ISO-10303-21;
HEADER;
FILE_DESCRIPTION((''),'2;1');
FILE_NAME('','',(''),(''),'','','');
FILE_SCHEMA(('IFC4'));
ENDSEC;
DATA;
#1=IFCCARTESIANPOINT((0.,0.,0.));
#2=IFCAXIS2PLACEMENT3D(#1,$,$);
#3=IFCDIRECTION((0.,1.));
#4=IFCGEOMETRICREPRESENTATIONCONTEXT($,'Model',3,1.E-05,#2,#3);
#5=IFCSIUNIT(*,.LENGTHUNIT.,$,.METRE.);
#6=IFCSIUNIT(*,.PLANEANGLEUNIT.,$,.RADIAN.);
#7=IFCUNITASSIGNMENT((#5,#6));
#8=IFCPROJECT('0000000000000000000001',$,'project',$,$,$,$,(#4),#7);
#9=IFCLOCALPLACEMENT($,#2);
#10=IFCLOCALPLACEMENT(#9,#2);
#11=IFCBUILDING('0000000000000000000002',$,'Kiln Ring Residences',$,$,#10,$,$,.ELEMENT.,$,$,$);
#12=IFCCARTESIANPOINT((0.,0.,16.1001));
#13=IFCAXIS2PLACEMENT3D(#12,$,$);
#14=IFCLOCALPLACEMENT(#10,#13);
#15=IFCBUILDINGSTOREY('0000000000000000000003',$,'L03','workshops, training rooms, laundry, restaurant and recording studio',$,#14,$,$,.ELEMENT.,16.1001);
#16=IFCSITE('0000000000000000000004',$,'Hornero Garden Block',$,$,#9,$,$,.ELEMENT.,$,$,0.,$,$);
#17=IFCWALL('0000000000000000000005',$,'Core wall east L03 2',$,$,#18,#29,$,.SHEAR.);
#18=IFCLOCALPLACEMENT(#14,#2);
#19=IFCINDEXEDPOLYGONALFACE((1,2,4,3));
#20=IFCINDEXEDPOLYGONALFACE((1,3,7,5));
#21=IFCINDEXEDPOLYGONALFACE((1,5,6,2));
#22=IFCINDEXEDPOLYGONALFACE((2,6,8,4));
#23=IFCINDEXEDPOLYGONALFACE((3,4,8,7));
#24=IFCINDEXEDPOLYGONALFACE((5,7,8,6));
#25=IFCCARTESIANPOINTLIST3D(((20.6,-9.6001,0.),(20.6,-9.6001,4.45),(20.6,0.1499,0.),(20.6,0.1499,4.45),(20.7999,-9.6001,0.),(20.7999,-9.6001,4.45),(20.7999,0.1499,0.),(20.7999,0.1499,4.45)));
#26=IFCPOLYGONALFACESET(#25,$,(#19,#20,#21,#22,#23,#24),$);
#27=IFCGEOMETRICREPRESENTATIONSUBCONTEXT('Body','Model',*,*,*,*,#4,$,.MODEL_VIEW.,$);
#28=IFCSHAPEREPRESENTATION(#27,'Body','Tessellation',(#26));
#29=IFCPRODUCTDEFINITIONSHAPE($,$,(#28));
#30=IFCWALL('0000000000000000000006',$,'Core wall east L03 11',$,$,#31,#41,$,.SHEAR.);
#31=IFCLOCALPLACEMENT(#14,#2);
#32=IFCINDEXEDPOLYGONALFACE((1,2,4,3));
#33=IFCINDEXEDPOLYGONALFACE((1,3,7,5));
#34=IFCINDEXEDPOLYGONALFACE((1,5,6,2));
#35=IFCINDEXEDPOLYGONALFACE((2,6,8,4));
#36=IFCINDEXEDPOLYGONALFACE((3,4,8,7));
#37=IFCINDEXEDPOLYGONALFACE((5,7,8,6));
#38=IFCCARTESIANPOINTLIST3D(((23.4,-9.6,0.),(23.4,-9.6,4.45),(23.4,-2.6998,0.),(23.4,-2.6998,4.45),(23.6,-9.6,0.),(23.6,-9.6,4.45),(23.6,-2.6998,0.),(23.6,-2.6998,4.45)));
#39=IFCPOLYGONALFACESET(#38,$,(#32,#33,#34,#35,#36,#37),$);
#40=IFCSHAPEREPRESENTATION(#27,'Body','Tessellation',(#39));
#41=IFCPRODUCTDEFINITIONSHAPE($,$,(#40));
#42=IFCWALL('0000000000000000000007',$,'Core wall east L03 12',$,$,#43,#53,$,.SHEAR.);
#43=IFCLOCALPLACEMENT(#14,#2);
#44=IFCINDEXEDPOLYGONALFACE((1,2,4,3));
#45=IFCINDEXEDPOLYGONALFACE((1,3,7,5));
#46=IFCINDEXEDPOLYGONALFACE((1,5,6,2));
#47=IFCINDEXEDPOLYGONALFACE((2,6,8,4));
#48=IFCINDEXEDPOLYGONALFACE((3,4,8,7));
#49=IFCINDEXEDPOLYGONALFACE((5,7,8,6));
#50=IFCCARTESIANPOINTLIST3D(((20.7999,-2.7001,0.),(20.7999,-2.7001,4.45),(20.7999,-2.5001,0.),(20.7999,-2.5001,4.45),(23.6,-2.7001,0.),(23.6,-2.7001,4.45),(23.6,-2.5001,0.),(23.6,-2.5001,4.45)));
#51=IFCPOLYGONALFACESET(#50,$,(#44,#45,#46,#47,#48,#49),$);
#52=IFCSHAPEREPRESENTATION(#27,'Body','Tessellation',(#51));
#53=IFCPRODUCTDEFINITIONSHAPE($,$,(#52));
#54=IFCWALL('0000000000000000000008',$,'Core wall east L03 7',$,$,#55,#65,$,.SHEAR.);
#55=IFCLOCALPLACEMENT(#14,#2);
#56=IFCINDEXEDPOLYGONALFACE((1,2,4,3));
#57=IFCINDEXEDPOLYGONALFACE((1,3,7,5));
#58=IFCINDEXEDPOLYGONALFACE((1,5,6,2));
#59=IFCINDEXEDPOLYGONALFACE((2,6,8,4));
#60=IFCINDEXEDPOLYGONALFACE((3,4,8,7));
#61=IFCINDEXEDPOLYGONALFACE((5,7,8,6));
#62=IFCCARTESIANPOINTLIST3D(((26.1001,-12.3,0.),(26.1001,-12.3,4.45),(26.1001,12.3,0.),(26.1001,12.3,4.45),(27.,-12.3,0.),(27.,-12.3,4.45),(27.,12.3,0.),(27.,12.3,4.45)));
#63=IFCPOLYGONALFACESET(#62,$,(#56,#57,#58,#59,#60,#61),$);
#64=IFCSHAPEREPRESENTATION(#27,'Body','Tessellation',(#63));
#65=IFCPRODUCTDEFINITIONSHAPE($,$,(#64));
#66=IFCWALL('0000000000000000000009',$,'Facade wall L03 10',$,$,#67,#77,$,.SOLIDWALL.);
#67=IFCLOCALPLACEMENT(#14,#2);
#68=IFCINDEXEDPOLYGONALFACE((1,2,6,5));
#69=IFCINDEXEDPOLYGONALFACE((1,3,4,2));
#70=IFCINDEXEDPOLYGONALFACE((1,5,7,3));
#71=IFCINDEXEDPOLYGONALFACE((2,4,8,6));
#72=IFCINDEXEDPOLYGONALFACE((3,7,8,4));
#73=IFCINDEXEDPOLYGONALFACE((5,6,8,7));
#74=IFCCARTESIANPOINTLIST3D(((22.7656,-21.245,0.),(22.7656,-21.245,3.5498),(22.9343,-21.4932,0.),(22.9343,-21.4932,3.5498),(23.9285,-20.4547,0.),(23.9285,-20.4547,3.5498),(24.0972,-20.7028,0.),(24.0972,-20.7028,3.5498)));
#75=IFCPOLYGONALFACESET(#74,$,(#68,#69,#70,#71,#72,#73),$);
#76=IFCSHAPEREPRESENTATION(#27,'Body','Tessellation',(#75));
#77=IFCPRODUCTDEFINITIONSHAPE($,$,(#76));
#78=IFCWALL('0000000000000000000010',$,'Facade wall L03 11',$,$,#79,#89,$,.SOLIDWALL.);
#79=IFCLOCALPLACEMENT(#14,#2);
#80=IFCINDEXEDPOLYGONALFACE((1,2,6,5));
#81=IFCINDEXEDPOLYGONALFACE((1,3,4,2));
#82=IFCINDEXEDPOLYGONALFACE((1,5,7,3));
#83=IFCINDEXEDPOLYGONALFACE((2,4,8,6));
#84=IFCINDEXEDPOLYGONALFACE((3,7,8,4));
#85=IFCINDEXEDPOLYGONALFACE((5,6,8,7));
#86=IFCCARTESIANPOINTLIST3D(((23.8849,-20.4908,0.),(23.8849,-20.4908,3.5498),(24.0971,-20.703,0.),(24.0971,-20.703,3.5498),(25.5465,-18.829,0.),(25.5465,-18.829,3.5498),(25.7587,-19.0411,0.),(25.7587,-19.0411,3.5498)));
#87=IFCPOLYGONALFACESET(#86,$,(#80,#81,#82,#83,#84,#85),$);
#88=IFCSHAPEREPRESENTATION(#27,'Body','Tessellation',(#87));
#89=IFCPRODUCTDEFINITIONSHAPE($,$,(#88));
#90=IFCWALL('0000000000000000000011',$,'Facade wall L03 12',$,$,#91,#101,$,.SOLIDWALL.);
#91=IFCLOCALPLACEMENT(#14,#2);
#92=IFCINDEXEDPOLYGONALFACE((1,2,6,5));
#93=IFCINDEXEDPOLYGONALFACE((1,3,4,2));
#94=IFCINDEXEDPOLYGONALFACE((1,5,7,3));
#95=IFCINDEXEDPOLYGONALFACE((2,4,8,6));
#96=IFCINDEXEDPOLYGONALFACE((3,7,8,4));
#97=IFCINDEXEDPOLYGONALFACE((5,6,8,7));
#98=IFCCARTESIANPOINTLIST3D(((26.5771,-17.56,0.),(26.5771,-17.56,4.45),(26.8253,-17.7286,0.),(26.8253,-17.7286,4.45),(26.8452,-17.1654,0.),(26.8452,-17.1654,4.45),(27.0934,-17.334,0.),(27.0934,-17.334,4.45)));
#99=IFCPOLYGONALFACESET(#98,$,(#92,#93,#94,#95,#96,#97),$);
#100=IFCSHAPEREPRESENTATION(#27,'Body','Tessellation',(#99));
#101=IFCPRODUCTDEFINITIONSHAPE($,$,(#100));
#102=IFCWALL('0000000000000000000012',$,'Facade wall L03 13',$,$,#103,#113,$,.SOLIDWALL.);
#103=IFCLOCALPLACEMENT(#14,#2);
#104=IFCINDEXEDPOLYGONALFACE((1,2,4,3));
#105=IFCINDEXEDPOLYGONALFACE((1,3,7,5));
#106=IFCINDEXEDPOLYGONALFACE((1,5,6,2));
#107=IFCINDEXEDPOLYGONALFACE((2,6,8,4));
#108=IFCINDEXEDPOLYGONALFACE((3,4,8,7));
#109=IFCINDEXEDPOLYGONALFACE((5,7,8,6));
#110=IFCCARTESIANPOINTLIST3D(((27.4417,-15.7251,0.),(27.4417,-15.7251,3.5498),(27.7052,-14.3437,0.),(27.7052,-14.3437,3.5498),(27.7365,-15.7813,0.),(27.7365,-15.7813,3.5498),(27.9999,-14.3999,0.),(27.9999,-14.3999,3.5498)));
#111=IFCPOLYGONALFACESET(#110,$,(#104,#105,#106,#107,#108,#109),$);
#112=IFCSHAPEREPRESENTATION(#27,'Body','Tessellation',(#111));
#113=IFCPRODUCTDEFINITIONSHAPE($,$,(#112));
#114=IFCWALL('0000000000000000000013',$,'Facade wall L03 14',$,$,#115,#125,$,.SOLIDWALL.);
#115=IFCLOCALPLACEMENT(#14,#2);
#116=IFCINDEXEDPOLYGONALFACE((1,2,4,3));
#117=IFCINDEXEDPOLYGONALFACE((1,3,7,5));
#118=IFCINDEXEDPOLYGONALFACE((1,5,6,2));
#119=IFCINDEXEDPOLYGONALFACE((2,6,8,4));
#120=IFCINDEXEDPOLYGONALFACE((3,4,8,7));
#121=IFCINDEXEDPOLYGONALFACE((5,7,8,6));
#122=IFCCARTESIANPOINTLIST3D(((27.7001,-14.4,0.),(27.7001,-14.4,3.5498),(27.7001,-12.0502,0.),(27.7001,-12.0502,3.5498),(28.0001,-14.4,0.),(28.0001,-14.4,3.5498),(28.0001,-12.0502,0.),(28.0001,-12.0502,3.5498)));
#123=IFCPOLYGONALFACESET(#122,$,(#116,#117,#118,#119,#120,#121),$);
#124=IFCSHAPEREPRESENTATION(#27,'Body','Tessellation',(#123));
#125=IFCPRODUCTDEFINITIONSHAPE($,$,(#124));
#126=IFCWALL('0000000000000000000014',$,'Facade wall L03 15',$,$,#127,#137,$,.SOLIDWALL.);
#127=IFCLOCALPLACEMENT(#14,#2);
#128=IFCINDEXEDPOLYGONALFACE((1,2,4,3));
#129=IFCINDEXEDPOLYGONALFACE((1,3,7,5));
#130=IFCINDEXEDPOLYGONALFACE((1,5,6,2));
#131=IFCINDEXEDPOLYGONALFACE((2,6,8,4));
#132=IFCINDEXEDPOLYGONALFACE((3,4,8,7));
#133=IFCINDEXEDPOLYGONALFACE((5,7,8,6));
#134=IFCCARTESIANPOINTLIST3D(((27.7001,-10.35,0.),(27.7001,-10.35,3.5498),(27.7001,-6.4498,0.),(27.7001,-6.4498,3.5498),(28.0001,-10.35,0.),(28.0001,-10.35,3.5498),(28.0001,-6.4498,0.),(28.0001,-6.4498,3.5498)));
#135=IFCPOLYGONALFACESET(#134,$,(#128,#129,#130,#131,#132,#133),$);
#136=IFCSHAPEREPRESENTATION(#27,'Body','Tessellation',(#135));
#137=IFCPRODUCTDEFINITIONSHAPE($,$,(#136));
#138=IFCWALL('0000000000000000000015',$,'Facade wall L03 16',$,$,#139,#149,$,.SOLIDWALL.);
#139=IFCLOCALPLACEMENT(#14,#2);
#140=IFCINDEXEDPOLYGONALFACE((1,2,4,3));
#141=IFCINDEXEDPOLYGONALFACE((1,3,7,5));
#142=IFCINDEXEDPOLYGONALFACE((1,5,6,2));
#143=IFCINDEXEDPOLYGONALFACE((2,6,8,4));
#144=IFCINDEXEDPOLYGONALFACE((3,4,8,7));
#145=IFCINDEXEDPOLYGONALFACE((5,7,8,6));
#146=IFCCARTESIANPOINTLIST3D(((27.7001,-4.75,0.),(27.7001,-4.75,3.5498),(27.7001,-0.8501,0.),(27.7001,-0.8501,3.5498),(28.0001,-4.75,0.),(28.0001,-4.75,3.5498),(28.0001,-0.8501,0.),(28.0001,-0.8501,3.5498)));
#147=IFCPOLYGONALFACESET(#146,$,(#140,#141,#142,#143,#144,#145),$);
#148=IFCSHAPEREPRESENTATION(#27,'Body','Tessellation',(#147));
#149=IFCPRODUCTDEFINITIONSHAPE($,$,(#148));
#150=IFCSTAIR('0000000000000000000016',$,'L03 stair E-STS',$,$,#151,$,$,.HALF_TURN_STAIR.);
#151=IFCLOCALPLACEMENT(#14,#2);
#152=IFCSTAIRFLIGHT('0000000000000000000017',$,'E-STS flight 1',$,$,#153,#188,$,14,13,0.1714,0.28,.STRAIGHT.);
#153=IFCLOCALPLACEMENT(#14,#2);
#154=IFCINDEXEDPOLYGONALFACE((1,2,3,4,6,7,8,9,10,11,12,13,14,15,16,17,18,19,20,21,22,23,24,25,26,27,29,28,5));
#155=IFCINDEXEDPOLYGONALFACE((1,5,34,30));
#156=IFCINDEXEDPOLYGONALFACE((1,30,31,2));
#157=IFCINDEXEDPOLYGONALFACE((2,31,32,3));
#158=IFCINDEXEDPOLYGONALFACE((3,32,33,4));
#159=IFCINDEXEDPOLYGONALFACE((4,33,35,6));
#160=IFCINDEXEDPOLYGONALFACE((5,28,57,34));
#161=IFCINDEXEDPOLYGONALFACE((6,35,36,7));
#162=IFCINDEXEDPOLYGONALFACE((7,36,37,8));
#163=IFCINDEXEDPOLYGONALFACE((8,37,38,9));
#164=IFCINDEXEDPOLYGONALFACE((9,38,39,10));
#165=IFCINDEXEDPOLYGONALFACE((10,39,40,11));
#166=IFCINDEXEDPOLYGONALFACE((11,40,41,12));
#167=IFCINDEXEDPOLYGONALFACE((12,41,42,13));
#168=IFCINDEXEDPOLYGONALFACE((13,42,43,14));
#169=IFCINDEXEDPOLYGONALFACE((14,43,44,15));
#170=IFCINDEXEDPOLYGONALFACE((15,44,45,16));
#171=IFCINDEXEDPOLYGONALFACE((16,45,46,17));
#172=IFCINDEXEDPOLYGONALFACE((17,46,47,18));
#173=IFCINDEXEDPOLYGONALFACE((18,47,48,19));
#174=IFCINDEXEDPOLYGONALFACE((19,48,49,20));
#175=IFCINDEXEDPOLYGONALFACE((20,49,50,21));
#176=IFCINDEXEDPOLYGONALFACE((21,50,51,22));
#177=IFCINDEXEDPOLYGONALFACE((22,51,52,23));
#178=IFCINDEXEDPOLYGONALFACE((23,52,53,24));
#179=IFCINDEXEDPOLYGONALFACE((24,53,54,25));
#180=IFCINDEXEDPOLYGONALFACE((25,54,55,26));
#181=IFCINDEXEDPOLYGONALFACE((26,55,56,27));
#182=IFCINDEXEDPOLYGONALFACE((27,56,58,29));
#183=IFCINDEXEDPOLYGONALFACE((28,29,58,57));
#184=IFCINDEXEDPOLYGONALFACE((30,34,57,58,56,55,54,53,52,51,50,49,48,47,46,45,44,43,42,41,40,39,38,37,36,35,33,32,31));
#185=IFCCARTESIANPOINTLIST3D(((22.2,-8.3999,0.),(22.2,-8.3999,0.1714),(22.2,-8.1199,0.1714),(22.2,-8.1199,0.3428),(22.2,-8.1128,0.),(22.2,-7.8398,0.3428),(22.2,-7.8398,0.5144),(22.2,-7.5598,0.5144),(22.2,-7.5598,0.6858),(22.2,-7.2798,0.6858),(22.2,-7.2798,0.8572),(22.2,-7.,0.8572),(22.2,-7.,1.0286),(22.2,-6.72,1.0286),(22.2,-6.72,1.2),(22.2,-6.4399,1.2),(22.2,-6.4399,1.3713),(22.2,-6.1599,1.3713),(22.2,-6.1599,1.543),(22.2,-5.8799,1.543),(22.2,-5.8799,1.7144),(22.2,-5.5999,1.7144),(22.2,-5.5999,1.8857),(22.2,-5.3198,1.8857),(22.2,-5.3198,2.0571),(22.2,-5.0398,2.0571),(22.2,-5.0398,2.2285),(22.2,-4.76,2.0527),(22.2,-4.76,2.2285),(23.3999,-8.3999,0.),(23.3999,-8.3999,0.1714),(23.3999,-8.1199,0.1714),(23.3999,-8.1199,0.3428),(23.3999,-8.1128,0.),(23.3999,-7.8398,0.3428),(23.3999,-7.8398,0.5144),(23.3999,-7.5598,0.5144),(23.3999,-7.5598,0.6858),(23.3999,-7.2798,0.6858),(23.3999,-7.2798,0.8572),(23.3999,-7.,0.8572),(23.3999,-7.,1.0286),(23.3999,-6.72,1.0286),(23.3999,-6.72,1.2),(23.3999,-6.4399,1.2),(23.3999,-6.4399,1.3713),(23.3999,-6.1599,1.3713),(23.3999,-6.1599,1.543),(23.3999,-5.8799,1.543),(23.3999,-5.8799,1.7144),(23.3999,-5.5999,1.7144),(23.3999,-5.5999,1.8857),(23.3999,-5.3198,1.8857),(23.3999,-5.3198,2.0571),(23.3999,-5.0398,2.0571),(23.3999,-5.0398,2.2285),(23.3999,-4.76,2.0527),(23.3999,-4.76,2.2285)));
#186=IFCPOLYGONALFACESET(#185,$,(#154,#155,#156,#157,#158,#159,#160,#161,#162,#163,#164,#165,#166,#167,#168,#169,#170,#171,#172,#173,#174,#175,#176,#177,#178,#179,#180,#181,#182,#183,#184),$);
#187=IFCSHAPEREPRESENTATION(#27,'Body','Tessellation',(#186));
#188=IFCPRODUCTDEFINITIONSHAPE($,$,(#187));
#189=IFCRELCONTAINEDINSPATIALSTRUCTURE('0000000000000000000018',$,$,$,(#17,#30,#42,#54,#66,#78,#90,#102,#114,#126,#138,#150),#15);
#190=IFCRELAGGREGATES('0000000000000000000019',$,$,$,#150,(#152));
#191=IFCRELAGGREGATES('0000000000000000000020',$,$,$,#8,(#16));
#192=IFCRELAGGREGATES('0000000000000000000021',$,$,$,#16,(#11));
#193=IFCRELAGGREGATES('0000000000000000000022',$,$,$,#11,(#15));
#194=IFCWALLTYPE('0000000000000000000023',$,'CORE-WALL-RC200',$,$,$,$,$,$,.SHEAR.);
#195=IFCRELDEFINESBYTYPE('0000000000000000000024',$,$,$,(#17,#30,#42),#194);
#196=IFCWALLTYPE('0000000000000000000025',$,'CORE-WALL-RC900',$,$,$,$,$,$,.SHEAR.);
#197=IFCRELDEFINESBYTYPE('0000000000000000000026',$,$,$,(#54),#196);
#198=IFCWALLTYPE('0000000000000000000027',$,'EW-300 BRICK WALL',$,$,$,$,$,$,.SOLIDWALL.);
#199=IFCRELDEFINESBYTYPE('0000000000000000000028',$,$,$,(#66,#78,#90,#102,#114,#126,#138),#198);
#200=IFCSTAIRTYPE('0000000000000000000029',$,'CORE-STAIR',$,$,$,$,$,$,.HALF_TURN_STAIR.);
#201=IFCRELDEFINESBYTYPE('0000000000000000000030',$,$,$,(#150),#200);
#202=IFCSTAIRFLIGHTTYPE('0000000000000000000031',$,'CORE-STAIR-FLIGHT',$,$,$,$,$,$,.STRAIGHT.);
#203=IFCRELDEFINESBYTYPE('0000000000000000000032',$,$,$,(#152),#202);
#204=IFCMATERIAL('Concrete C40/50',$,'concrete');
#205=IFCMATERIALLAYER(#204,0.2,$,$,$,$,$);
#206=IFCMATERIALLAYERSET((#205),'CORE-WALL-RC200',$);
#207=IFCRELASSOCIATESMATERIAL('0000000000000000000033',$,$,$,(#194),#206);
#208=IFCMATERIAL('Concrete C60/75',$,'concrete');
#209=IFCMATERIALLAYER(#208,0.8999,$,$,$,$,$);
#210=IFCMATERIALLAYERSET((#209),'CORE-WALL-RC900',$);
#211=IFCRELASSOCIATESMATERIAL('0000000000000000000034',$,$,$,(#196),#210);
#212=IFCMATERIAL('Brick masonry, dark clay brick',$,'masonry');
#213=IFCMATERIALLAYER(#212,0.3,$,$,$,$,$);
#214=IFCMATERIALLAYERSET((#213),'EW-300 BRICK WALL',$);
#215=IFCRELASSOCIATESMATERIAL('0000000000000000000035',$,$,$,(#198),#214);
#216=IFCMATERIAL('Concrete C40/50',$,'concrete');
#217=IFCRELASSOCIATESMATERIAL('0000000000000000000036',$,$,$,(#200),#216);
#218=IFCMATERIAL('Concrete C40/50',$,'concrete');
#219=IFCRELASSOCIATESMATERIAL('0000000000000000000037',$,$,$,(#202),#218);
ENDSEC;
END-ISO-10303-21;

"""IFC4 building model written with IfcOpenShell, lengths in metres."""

from ifc_helpers import new_model, si_unit, direction, frame, frame_2d, origin, place, context, subcontext, project, spatial, polyline, rectangle, outline, extrude, material, layer, layer_set, type_object, element, aggregate, save


model = new_model("IFC4")

# Units and contexts
model_context = context("Model", 3, precision=1e-05, world=origin(), true_north=direction((0.0, 1.0)))
body_context = subcontext(model_context, "Body", "Model", "MODEL_VIEW")
ifc_project = project(units=[si_unit("LENGTHUNIT", "METRE"), si_unit("PLANEANGLEUNIT", "RADIAN")], contexts=[model_context])

# Site, building, storey
site_placement = place(None, origin())
site = spatial("IfcSite", under=ifc_project, at=site_placement, Name="Hornero Garden Block", CompositionType="ELEMENT", RefElevation=0.0)
building_placement = place(site_placement, origin())
building = spatial("IfcBuilding", under=site, at=building_placement, Name="Kiln Ring Residences", CompositionType="ELEMENT")
storey_placement = place(building_placement, frame((0.0, 0.0, 16.1001)))
storey = spatial("IfcBuildingStorey", under=building, at=storey_placement, Name="L03", Description="workshops, training rooms, laundry, restaurant and recording studio", CompositionType="ELEMENT", Elevation=16.1001)

# Walls
ifc_material_1 = material(Name="Concrete C40/50", Category="concrete")
ifc_layer_1 = layer(ifc_material_1, 0.2)
ifc_layer_set_1 = layer_set([ifc_layer_1], Name="CORE-WALL-RC200")
wall_type_1 = type_object("IfcWallType", Name="CORE-WALL-RC200", PredefinedType="SHEAR", material=ifc_layer_set_1)
wall_1_placement = place(storey_placement, frame((20.7, -9.6001, 0.0), z_axis=(0.0, 0.0, 1.0), x_axis=(0.0, 1.0, 0.0)))
element("IfcWall", 1, at=wall_1_placement, inside=storey, type_object=wall_type_1, Name="Core wall east L03 2", PredefinedType="SHEAR", context=body_context, shape_type="SweptSolid", body=[
    extrude(rectangle(XDim=9.75, YDim=0.2, at=frame_2d((4.875, 0.0))), origin(), (0.0, 0.0, 1.0), 4.45),
])
wall_2_placement = place(storey_placement, frame((23.5, -9.6001, 0.0), z_axis=(0.0, 0.0, 1.0), x_axis=(0.0, 1.0, 0.0)))
element("IfcWall", 2, at=wall_2_placement, inside=storey, type_object=wall_type_1, Name="Core wall east L03 11", PredefinedType="SHEAR", context=body_context, shape_type="SweptSolid", body=[
    extrude(rectangle(XDim=6.9001, YDim=0.2, at=frame_2d((3.4502, 0.0))), origin(), (0.0, 0.0, 1.0), 4.45),
])
wall_3_placement = place(storey_placement, frame((20.8, -2.6001, 0.0), z_axis=(0.0, 0.0, 1.0), x_axis=(1.0, 0.0, 0.0)))
element("IfcWall", 3, at=wall_3_placement, inside=storey, type_object=wall_type_1, Name="Core wall east L03 12", PredefinedType="SHEAR", context=body_context, shape_type="SweptSolid", body=[
    extrude(rectangle(XDim=2.8, YDim=0.2, at=frame_2d((1.3999, 0.0))), origin(), (0.0, 0.0, 1.0), 4.45),
])
ifc_material_2 = material(Name="Concrete C60/75", Category="concrete")
ifc_layer_2 = layer(ifc_material_2, 0.8999)
ifc_layer_set_2 = layer_set([ifc_layer_2], Name="CORE-WALL-RC900")
wall_type_2 = type_object("IfcWallType", Name="CORE-WALL-RC900", PredefinedType="SHEAR", material=ifc_layer_set_2)
wall_4_placement = place(storey_placement, frame((26.55, -12.3, 0.0), z_axis=(0.0, 0.0, 1.0), x_axis=(0.0, 1.0, 0.0)))
element("IfcWall", 4, at=wall_4_placement, inside=storey, type_object=wall_type_2, Name="Core wall east L03 7", PredefinedType="SHEAR", context=body_context, shape_type="SweptSolid", body=[
    extrude(rectangle(XDim=24.6001, YDim=0.8999, at=frame_2d((12.3, 0.0))), origin(), (0.0, 0.0, 1.0), 4.45),
])
ifc_material_3 = material(Name="Brick masonry, dark clay brick", Category="masonry")
ifc_layer_3 = layer(ifc_material_3, 0.3)
ifc_layer_set_3 = layer_set([ifc_layer_3], Name="EW-300 BRICK WALL")
wall_type_3 = type_object("IfcWallType", Name="EW-300 BRICK WALL", PredefinedType="SOLIDWALL", material=ifc_layer_set_3)
wall_5_placement = place(storey_placement, frame((22.8499, -21.3691, 0.0), z_axis=(0.0, 0.0, 1.0), x_axis=(0.827075, 0.562092, 0.0)))
element("IfcWall", 5, at=wall_5_placement, inside=storey, type_object=wall_type_3, Name="Facade wall L03 10", PredefinedType="SOLIDWALL", context=body_context, shape_type="SweptSolid", body=[
    extrude(rectangle(XDim=1.406, YDim=0.3, at=frame_2d((0.7031, 0.0))), origin(), (0.0, 0.0, 1.0), 3.5498),
])
wall_6_placement = place(storey_placement, frame((23.991, -20.5969, 0.0), z_axis=(0.0, 0.0, 1.0), x_axis=(0.707055, 0.707159, 0.0)))
element("IfcWall", 6, at=wall_6_placement, inside=storey, type_object=wall_type_3, Name="Facade wall L03 11", PredefinedType="SOLIDWALL", context=body_context, shape_type="SweptSolid", body=[
    extrude(rectangle(XDim=2.3501, YDim=0.3, at=frame_2d((1.175, 0.0))), origin(), (0.0, 0.0, 1.0), 3.5498),
])
wall_7_placement = place(storey_placement, frame((26.7012, -17.6443, 0.0), z_axis=(0.0, 0.0, 1.0), x_axis=(0.562002, 0.827136, 0.0)))
element("IfcWall", 7, at=wall_7_placement, inside=storey, type_object=wall_type_3, Name="Facade wall L03 12", PredefinedType="SOLIDWALL", context=body_context, shape_type="SweptSolid", body=[
    extrude(rectangle(XDim=0.4771, YDim=0.3, at=frame_2d((0.2385, 0.0))), origin(), (0.0, 0.0, 1.0), 4.45),
])
wall_8_placement = place(storey_placement, frame((27.5891, -15.7532, 0.0), z_axis=(0.0, 0.0, 1.0), x_axis=(0.187328, 0.982298, 0.0)))
element("IfcWall", 8, at=wall_8_placement, inside=storey, type_object=wall_type_3, Name="Facade wall L03 13", PredefinedType="SOLIDWALL", context=body_context, shape_type="SweptSolid", body=[
    extrude(rectangle(XDim=1.4062, YDim=0.3, at=frame_2d((0.7031, 0.0))), origin(), (0.0, 0.0, 1.0), 3.5498),
])
wall_9_placement = place(storey_placement, frame((27.8501, -14.3999, 0.0), z_axis=(0.0, 0.0, 1.0), x_axis=(0.0, 1.0, 0.0)))
element("IfcWall", 9, at=wall_9_placement, inside=storey, type_object=wall_type_3, Name="Facade wall L03 14", PredefinedType="SOLIDWALL", context=body_context, shape_type="SweptSolid", body=[
    extrude(rectangle(XDim=2.3499, YDim=0.3, at=frame_2d((1.1748, 0.0))), origin(), (0.0, 0.0, 1.0), 3.5498),
])
wall_10_placement = place(storey_placement, frame((27.8501, -10.3501, 0.0), z_axis=(0.0, 0.0, 1.0), x_axis=(0.0, 1.0, 0.0)))
element("IfcWall", 10, at=wall_10_placement, inside=storey, type_object=wall_type_3, Name="Facade wall L03 15", PredefinedType="SOLIDWALL", context=body_context, shape_type="SweptSolid", body=[
    extrude(rectangle(XDim=3.9001, YDim=0.3, at=frame_2d((1.9502, 0.0))), origin(), (0.0, 0.0, 1.0), 3.5498),
])
wall_11_placement = place(storey_placement, frame((27.8501, -4.75, 0.0), z_axis=(0.0, 0.0, 1.0), x_axis=(0.0, 1.0, 0.0)))
element("IfcWall", 11, at=wall_11_placement, inside=storey, type_object=wall_type_3, Name="Facade wall L03 16", PredefinedType="SOLIDWALL", context=body_context, shape_type="SweptSolid", body=[
    extrude(rectangle(XDim=3.8999, YDim=0.3, at=frame_2d((1.95, 0.0))), origin(), (0.0, 0.0, 1.0), 3.5498),
])

# Stair, stair flight
ifc_material_4 = material(Name="Concrete C40/50", Category="concrete")
stair_type = type_object("IfcStairType", Name="CORE-STAIR", PredefinedType="HALF_TURN_STAIR", material=ifc_material_4)
stair_placement = place(storey_placement, origin())
stair = element("IfcStair", 12, at=stair_placement, inside=storey, type_object=stair_type, Name="L03 stair E-STS", PredefinedType="HALF_TURN_STAIR")
ifc_material_5 = material(Name="Concrete C40/50", Category="concrete")
stair_flight_type = type_object("IfcStairFlightType", Name="CORE-STAIR-FLIGHT", PredefinedType="STRAIGHT", material=ifc_material_5)
stair_flight_1_placement = place(storey_placement, frame((22.8, -8.3999, 0.0), z_axis=(0.0, 0.0, 1.0), x_axis=(0.0, 1.0, 0.0)))
stair_flight_1 = element("IfcStairFlight", 13, at=stair_flight_1_placement, type_object=stair_flight_type, Name="E-STS flight 1", NumberOfRisers=14, NumberOfTreads=13, PredefinedType="STRAIGHT", RiserHeight=0.1714, TreadLength=0.28, context=body_context, shape_type="SweptSolid", body=[
    extrude(outline(polyline([(0.0, 0.0), (0.0, 0.1714), (0.28, 0.1714), (0.28, 0.3428), (0.5601, 0.3428), (0.5601, 0.5144), (0.8401, 0.5144), (0.8401, 0.6858), (1.1201, 0.6858), (1.1201, 0.8572), (1.3999, 0.8572), (1.3999, 1.0286), (1.6799, 1.0286), (1.6799, 1.2), (1.96, 1.2), (1.96, 1.3713), (2.24, 1.3713), (2.24, 1.543), (2.52, 1.543), (2.52, 1.7144), (2.8, 1.7144), (2.8, 1.8857), (3.0801, 1.8857), (3.0801, 2.0571), (3.3601, 2.0571), (3.3601, 2.2285), (3.6399, 2.2285), (3.6399, 2.3999), (3.6399, 2.0527), (0.2871, 0.0), (0.0, 0.0)])), frame((0.0, 0.6001, 0.0), z_axis=(0.0, -1.0, 0.0), x_axis=(1.0, 0.0, 0.0)), (0.0, 0.0, 1.0), 1.2),
])
aggregate(stair, [stair_flight_1])

save(model, "model.ifc")
